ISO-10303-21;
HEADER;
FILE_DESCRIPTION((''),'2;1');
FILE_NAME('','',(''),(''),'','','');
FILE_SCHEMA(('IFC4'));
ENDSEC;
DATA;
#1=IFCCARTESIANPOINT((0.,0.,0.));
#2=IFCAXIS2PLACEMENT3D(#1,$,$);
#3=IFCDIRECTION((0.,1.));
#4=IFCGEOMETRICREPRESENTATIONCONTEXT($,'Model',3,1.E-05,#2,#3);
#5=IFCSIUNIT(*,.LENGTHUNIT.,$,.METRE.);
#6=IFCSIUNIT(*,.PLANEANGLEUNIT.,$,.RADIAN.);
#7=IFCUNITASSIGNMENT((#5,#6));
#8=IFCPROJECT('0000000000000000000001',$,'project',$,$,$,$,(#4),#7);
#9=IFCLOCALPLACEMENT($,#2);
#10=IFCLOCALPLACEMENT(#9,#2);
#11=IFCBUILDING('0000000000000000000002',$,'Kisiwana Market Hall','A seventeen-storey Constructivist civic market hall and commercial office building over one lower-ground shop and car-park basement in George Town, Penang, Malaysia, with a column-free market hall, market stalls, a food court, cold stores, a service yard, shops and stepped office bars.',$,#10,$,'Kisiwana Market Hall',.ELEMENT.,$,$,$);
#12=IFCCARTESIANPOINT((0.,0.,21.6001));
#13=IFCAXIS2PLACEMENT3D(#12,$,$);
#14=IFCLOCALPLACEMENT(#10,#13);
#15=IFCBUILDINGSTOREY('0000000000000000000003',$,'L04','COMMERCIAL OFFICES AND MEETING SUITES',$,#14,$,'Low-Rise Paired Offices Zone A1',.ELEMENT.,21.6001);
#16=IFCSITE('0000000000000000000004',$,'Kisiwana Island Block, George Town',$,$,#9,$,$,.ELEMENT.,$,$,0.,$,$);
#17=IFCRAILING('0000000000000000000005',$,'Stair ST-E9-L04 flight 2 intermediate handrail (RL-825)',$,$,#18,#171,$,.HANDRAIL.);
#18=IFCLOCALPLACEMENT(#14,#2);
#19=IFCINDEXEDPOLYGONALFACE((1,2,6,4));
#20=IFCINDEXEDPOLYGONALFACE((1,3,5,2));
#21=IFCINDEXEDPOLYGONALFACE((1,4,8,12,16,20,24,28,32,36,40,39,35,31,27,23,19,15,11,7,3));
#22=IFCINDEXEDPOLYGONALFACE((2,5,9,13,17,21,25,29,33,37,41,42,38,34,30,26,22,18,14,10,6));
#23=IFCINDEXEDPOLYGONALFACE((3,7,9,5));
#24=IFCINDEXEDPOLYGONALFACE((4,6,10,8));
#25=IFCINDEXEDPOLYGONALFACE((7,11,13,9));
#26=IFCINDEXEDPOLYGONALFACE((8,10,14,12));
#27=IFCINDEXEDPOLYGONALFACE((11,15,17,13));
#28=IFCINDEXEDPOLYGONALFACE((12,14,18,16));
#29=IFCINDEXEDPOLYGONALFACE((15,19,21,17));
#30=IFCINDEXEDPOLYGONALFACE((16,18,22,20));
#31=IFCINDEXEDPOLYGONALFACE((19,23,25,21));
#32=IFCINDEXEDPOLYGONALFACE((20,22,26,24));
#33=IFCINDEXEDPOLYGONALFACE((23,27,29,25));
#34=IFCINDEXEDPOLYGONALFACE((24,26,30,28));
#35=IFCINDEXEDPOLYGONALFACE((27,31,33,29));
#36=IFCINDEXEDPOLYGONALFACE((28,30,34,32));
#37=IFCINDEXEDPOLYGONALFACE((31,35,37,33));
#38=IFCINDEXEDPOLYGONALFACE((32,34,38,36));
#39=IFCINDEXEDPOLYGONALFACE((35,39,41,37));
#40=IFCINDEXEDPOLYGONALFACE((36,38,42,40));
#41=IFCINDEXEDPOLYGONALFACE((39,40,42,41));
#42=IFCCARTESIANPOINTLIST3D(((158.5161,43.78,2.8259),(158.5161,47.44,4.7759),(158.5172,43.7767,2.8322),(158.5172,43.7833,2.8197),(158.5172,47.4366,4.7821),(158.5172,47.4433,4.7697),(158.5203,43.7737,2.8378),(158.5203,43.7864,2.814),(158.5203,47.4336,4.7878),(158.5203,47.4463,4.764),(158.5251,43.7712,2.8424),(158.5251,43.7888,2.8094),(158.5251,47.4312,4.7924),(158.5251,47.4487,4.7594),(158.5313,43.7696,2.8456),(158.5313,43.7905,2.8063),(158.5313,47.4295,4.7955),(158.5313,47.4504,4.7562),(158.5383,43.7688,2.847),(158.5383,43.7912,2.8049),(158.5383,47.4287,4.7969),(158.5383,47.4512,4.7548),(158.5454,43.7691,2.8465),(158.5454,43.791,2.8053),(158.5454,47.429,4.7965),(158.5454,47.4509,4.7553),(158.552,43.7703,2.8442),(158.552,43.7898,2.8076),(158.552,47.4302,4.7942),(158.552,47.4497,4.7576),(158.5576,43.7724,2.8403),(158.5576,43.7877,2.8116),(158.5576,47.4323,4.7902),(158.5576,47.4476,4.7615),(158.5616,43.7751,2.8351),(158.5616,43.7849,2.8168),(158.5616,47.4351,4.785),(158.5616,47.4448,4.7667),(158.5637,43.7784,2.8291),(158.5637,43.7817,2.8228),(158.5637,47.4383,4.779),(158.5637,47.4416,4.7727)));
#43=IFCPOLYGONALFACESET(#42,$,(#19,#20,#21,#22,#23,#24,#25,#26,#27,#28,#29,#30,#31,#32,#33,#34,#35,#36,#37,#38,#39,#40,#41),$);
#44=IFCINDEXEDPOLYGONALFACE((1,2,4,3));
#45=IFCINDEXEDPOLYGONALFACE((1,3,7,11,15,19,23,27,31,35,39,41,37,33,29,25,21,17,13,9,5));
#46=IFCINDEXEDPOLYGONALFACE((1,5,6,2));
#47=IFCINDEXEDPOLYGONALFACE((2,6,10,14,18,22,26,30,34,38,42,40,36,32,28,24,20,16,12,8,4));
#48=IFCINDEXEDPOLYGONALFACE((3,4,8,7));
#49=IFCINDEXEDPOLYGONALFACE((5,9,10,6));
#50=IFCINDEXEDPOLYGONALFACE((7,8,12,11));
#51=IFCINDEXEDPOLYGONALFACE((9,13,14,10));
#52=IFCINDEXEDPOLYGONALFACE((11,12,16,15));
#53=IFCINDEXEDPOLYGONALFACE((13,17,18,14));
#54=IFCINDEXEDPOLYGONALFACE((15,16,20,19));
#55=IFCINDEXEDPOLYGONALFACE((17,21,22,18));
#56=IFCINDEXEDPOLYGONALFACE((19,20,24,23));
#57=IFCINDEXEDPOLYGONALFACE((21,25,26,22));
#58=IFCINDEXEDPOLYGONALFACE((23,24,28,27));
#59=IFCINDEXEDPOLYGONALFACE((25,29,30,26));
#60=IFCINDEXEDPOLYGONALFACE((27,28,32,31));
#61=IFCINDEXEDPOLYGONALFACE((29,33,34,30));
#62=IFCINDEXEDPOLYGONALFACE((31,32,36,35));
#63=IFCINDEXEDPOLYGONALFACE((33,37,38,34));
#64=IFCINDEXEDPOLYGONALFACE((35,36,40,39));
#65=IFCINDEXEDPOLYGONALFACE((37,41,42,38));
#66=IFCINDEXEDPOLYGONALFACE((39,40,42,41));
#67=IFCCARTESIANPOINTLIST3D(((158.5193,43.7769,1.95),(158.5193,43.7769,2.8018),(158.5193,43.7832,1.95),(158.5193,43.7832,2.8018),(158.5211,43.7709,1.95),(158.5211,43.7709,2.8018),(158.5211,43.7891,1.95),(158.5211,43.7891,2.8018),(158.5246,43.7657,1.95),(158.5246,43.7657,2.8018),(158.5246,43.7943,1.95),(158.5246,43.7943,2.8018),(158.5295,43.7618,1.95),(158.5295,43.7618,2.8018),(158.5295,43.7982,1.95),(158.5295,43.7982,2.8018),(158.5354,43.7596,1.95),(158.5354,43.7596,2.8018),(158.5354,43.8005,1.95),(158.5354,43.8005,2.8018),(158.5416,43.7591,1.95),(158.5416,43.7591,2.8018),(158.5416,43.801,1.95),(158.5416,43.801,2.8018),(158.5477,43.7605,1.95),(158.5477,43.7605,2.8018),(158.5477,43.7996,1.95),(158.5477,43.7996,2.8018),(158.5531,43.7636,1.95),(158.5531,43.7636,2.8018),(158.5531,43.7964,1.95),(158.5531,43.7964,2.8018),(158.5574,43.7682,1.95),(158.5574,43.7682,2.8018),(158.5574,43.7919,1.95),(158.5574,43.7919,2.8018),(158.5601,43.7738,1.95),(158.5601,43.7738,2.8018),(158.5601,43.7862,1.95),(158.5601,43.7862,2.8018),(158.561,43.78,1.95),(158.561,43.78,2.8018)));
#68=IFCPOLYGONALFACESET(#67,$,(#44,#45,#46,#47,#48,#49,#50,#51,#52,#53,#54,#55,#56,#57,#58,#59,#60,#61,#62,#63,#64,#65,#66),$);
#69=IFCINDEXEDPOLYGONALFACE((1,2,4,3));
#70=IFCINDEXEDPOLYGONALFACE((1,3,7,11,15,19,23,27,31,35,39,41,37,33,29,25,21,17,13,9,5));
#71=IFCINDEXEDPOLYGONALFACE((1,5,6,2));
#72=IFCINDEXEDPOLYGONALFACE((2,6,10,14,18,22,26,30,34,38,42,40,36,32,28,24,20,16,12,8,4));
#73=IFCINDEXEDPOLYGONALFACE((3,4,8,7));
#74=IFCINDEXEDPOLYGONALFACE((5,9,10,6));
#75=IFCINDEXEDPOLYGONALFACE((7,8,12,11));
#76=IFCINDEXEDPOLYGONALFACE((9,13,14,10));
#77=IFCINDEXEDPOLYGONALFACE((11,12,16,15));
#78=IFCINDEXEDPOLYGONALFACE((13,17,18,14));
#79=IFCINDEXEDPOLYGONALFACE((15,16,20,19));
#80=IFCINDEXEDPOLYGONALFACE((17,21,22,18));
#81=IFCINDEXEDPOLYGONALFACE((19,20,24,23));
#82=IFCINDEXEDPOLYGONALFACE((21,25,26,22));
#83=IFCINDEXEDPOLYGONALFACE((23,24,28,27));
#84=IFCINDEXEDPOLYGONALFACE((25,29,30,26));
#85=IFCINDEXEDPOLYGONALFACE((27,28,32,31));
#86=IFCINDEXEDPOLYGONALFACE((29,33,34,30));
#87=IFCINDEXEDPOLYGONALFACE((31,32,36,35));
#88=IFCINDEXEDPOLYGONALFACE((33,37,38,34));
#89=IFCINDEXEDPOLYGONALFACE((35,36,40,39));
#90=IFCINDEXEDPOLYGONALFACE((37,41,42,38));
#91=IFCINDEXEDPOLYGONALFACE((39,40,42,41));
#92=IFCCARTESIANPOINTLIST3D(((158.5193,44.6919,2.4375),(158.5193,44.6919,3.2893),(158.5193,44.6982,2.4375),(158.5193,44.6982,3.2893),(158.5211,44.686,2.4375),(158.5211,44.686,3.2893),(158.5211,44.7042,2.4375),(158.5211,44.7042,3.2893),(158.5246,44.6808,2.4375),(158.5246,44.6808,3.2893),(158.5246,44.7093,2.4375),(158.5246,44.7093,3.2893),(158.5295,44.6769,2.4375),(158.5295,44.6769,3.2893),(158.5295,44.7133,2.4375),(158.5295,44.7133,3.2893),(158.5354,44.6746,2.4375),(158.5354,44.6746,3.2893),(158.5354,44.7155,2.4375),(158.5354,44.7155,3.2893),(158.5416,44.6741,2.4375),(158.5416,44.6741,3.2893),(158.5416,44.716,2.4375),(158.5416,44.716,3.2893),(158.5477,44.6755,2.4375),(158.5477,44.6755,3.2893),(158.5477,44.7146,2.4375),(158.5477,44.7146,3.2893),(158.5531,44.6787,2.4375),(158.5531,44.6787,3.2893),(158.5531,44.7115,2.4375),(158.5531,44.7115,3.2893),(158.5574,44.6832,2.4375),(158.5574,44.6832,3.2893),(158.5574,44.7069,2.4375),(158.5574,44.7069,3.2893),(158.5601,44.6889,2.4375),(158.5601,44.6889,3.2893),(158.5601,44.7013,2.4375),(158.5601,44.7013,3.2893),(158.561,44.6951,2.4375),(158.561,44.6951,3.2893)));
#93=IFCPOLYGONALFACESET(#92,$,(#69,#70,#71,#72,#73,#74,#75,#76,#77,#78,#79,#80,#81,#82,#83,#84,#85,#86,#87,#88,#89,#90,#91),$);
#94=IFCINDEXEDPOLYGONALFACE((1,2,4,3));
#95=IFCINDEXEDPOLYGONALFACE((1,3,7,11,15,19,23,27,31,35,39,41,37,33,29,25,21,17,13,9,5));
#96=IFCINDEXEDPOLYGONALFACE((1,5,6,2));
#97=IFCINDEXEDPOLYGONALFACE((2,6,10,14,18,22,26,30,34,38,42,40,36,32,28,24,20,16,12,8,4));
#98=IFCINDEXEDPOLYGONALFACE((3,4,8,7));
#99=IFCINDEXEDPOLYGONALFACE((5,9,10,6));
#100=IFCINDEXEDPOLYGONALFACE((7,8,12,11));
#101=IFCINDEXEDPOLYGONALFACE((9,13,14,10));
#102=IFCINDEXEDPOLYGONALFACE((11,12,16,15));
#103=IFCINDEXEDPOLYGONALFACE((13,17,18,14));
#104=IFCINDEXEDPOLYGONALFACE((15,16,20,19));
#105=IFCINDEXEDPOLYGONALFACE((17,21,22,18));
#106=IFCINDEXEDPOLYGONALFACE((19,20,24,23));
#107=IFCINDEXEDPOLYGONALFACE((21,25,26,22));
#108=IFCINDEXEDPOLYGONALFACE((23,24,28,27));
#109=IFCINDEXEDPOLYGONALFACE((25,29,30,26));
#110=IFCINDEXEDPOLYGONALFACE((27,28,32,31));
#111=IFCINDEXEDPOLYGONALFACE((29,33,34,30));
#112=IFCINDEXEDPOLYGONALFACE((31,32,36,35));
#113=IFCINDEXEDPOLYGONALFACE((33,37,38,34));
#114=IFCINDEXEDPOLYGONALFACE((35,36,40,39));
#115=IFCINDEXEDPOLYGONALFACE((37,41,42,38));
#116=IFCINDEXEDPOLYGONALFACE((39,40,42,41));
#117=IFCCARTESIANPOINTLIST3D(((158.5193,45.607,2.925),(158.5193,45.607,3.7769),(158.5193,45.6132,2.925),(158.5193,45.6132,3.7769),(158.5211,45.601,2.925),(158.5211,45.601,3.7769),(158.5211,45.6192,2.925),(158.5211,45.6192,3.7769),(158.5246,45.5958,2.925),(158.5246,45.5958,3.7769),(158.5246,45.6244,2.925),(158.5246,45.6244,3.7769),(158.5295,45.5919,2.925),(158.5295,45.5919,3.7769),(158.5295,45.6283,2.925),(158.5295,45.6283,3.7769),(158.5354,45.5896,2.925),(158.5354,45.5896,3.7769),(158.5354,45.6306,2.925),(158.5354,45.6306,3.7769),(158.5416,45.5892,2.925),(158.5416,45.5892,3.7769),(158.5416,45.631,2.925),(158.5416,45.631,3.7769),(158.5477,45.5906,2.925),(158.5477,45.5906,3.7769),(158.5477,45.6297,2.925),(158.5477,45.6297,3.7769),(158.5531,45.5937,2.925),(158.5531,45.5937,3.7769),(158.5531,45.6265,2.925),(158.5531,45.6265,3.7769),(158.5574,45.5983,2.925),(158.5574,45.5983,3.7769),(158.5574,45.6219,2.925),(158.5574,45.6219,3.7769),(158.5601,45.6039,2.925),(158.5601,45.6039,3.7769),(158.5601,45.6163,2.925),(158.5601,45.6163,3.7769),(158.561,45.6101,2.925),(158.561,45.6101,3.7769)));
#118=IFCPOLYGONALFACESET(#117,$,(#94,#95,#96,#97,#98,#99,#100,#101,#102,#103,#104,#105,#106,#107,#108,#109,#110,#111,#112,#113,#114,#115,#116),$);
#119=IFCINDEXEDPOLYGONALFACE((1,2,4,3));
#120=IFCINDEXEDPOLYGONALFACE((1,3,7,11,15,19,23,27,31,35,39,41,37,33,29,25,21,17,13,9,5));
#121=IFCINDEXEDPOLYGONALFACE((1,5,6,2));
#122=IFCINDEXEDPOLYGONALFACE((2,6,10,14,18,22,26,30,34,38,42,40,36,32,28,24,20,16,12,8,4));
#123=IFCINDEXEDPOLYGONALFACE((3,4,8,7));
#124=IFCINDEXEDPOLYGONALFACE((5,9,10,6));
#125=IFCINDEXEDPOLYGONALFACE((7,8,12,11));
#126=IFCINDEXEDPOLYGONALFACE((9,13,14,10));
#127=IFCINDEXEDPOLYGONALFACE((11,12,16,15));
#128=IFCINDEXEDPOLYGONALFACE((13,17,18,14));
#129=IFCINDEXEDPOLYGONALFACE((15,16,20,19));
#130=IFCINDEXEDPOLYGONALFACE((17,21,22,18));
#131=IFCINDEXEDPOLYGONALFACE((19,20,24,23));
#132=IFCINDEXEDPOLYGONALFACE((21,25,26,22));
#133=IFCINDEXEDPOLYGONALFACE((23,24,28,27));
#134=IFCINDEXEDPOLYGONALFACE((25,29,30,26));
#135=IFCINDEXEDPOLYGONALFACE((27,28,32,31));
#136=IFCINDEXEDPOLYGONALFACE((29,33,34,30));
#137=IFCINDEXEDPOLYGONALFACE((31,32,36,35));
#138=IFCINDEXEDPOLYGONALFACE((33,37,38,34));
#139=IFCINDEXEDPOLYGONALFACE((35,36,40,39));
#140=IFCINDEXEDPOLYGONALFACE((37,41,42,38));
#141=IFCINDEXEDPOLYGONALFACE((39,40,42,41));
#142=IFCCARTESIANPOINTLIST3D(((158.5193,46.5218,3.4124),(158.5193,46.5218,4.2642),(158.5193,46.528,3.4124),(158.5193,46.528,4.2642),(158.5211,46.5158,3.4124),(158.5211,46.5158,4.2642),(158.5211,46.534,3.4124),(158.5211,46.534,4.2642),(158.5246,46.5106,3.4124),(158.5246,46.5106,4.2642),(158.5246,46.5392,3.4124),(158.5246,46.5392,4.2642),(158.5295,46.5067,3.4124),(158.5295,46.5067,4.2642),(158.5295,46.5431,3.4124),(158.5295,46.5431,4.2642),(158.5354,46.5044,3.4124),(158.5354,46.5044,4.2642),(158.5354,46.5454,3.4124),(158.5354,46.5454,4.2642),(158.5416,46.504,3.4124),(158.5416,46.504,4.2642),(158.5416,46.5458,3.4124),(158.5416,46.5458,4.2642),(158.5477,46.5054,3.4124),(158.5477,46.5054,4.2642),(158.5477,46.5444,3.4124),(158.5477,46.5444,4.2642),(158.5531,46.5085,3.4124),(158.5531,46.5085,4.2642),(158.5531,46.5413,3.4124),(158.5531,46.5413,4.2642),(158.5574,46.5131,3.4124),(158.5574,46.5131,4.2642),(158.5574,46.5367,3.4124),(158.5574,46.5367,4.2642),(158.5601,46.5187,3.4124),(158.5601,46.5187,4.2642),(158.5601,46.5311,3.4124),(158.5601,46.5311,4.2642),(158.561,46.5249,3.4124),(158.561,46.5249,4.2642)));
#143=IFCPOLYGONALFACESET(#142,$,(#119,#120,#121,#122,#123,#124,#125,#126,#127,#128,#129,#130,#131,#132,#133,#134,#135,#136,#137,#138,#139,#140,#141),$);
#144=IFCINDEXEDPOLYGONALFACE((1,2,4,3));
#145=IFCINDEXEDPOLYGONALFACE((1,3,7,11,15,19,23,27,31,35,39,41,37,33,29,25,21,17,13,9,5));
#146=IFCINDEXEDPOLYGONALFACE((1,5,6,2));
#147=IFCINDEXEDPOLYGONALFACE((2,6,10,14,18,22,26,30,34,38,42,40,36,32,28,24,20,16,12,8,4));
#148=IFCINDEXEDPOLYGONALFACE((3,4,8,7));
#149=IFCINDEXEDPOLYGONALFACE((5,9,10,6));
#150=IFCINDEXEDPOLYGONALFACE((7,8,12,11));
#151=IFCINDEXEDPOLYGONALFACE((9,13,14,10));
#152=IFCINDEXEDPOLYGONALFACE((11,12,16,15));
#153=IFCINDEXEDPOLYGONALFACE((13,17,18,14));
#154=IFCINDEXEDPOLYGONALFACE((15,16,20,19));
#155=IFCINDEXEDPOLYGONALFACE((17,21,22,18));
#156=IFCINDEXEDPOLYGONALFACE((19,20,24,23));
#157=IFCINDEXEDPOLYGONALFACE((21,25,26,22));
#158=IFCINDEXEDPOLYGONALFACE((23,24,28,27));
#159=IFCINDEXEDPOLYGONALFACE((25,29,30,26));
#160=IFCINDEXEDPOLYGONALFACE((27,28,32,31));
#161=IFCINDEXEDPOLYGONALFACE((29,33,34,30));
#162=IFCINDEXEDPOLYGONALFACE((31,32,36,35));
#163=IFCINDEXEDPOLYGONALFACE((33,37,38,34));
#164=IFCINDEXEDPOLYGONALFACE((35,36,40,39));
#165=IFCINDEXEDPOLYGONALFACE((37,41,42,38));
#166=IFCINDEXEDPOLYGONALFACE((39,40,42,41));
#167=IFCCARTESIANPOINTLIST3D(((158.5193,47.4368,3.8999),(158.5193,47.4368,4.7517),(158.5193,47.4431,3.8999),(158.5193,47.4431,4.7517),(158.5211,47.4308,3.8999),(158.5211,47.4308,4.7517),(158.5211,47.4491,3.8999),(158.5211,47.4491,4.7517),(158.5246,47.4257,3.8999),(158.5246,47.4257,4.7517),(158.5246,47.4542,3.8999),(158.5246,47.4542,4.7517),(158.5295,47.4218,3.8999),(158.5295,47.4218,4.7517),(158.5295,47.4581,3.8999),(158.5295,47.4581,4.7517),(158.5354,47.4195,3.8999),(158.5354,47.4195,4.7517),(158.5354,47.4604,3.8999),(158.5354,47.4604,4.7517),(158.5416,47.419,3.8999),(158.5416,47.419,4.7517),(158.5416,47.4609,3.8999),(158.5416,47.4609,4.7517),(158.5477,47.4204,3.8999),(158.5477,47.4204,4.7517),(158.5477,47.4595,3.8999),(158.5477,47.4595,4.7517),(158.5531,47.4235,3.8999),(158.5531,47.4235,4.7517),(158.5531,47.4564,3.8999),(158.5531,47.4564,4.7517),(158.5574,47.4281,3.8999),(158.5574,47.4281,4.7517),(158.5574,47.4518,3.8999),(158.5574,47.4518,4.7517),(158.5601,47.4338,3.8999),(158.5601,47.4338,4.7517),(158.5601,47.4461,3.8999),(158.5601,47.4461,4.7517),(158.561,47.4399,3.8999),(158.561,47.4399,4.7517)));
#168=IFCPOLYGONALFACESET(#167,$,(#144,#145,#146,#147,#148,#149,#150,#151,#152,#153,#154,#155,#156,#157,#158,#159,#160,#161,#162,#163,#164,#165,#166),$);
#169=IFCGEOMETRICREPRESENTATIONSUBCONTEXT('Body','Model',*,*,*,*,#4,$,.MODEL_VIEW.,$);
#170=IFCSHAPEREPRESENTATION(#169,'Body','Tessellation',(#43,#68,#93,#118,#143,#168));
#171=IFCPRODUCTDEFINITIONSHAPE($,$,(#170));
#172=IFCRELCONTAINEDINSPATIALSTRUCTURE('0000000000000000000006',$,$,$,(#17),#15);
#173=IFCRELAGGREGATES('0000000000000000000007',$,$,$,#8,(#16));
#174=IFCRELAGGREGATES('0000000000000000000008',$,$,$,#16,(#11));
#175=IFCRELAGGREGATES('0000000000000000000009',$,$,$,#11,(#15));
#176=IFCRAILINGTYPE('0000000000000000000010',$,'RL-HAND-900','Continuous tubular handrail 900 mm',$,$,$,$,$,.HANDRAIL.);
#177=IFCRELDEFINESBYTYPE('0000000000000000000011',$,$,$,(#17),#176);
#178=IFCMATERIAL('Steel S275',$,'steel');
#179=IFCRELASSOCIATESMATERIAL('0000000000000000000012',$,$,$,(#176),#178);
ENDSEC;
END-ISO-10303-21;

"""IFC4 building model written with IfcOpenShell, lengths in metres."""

from ifc_helpers import new_model, si_unit, direction, frame, origin, origin_2d, place, context, subcontext, project, spatial, circle, extrude, material, type_object, element, save


model = new_model("IFC4")

# Units and contexts
model_context = context("Model", 3, precision=1e-05, world=origin(), true_north=direction((0.0, 1.0)))
body_context = subcontext(model_context, "Body", "Model", "MODEL_VIEW")
ifc_project = project(units=[si_unit("LENGTHUNIT", "METRE"), si_unit("PLANEANGLEUNIT", "RADIAN")], contexts=[model_context])

# Site, building, storey
site_placement = place(None, origin())
site = spatial("IfcSite", under=ifc_project, at=site_placement, Name="Kisiwana Island Block, George Town", CompositionType="ELEMENT", RefElevation=0.0)
building_placement = place(site_placement, origin())
building = spatial("IfcBuilding", under=site, at=building_placement, Name="Kisiwana Market Hall", Description="A seventeen-storey Constructivist civic market hall and commercial office building over one lower-ground shop and car-park basement in George Town, Penang, Malaysia, with a column-free market hall, market stalls, a food court, cold stores, a service yard, shops and stepped office bars.", LongName="Kisiwana Market Hall", CompositionType="ELEMENT")
storey_placement = place(building_placement, frame((0.0, 0.0, 21.6001)))
storey = spatial("IfcBuildingStorey", under=building, at=storey_placement, Name="L04", Description="COMMERCIAL OFFICES AND MEETING SUITES", LongName="Low-Rise Paired Offices Zone A1", CompositionType="ELEMENT", Elevation=21.6001)

# Railing
ifc_material_1 = material(Name="Steel S275", Category="steel")
railing_type_1 = type_object("IfcRailingType", Name="RL-HAND-900", Description="Continuous tubular handrail 900 mm", PredefinedType="HANDRAIL", material=ifc_material_1)
for number, where, name in (
    (1, (158.54, 43.78, 1.95), "Stair ST-E9-L04 flight 2 intermediate handrail (RL-825)"),
):
    element("IfcRailing", number, at=place(storey_placement, frame(where)), inside=storey, type_object=railing_type_1, Name=name, PredefinedType="HANDRAIL", context=body_context, shape_type="SweptSolid", body=[
        extrude(circle(Radius=0.0239, at=origin_2d()), frame((0.0, 0.0, 0.876), z_axis=(0.0, 0.882553, 0.470212), x_axis=(-1.0, 0.0, 0.0)), (0.0, 0.0, 1.0), 4.147),
        extrude(circle(Radius=0.021, at=origin_2d()), origin(), (0.0, 0.0, 1.0), 0.8518),
        extrude(circle(Radius=0.021, at=origin_2d()), frame((0.0, 0.915, 0.4875)), (0.0, 0.0, 1.0), 0.8518),
        extrude(circle(Radius=0.021, at=origin_2d()), frame((0.0, 1.8301, 0.9751)), (0.0, 0.0, 1.0), 0.8518),
        extrude(circle(Radius=0.021, at=origin_2d()), frame((0.0, 2.7449, 1.4624)), (0.0, 0.0, 1.0), 0.8518),
        extrude(circle(Radius=0.021, at=origin_2d()), frame((0.0, 3.6599, 1.95)), (0.0, 0.0, 1.0), 0.8518),
    ])

save(model, "model.ifc")
